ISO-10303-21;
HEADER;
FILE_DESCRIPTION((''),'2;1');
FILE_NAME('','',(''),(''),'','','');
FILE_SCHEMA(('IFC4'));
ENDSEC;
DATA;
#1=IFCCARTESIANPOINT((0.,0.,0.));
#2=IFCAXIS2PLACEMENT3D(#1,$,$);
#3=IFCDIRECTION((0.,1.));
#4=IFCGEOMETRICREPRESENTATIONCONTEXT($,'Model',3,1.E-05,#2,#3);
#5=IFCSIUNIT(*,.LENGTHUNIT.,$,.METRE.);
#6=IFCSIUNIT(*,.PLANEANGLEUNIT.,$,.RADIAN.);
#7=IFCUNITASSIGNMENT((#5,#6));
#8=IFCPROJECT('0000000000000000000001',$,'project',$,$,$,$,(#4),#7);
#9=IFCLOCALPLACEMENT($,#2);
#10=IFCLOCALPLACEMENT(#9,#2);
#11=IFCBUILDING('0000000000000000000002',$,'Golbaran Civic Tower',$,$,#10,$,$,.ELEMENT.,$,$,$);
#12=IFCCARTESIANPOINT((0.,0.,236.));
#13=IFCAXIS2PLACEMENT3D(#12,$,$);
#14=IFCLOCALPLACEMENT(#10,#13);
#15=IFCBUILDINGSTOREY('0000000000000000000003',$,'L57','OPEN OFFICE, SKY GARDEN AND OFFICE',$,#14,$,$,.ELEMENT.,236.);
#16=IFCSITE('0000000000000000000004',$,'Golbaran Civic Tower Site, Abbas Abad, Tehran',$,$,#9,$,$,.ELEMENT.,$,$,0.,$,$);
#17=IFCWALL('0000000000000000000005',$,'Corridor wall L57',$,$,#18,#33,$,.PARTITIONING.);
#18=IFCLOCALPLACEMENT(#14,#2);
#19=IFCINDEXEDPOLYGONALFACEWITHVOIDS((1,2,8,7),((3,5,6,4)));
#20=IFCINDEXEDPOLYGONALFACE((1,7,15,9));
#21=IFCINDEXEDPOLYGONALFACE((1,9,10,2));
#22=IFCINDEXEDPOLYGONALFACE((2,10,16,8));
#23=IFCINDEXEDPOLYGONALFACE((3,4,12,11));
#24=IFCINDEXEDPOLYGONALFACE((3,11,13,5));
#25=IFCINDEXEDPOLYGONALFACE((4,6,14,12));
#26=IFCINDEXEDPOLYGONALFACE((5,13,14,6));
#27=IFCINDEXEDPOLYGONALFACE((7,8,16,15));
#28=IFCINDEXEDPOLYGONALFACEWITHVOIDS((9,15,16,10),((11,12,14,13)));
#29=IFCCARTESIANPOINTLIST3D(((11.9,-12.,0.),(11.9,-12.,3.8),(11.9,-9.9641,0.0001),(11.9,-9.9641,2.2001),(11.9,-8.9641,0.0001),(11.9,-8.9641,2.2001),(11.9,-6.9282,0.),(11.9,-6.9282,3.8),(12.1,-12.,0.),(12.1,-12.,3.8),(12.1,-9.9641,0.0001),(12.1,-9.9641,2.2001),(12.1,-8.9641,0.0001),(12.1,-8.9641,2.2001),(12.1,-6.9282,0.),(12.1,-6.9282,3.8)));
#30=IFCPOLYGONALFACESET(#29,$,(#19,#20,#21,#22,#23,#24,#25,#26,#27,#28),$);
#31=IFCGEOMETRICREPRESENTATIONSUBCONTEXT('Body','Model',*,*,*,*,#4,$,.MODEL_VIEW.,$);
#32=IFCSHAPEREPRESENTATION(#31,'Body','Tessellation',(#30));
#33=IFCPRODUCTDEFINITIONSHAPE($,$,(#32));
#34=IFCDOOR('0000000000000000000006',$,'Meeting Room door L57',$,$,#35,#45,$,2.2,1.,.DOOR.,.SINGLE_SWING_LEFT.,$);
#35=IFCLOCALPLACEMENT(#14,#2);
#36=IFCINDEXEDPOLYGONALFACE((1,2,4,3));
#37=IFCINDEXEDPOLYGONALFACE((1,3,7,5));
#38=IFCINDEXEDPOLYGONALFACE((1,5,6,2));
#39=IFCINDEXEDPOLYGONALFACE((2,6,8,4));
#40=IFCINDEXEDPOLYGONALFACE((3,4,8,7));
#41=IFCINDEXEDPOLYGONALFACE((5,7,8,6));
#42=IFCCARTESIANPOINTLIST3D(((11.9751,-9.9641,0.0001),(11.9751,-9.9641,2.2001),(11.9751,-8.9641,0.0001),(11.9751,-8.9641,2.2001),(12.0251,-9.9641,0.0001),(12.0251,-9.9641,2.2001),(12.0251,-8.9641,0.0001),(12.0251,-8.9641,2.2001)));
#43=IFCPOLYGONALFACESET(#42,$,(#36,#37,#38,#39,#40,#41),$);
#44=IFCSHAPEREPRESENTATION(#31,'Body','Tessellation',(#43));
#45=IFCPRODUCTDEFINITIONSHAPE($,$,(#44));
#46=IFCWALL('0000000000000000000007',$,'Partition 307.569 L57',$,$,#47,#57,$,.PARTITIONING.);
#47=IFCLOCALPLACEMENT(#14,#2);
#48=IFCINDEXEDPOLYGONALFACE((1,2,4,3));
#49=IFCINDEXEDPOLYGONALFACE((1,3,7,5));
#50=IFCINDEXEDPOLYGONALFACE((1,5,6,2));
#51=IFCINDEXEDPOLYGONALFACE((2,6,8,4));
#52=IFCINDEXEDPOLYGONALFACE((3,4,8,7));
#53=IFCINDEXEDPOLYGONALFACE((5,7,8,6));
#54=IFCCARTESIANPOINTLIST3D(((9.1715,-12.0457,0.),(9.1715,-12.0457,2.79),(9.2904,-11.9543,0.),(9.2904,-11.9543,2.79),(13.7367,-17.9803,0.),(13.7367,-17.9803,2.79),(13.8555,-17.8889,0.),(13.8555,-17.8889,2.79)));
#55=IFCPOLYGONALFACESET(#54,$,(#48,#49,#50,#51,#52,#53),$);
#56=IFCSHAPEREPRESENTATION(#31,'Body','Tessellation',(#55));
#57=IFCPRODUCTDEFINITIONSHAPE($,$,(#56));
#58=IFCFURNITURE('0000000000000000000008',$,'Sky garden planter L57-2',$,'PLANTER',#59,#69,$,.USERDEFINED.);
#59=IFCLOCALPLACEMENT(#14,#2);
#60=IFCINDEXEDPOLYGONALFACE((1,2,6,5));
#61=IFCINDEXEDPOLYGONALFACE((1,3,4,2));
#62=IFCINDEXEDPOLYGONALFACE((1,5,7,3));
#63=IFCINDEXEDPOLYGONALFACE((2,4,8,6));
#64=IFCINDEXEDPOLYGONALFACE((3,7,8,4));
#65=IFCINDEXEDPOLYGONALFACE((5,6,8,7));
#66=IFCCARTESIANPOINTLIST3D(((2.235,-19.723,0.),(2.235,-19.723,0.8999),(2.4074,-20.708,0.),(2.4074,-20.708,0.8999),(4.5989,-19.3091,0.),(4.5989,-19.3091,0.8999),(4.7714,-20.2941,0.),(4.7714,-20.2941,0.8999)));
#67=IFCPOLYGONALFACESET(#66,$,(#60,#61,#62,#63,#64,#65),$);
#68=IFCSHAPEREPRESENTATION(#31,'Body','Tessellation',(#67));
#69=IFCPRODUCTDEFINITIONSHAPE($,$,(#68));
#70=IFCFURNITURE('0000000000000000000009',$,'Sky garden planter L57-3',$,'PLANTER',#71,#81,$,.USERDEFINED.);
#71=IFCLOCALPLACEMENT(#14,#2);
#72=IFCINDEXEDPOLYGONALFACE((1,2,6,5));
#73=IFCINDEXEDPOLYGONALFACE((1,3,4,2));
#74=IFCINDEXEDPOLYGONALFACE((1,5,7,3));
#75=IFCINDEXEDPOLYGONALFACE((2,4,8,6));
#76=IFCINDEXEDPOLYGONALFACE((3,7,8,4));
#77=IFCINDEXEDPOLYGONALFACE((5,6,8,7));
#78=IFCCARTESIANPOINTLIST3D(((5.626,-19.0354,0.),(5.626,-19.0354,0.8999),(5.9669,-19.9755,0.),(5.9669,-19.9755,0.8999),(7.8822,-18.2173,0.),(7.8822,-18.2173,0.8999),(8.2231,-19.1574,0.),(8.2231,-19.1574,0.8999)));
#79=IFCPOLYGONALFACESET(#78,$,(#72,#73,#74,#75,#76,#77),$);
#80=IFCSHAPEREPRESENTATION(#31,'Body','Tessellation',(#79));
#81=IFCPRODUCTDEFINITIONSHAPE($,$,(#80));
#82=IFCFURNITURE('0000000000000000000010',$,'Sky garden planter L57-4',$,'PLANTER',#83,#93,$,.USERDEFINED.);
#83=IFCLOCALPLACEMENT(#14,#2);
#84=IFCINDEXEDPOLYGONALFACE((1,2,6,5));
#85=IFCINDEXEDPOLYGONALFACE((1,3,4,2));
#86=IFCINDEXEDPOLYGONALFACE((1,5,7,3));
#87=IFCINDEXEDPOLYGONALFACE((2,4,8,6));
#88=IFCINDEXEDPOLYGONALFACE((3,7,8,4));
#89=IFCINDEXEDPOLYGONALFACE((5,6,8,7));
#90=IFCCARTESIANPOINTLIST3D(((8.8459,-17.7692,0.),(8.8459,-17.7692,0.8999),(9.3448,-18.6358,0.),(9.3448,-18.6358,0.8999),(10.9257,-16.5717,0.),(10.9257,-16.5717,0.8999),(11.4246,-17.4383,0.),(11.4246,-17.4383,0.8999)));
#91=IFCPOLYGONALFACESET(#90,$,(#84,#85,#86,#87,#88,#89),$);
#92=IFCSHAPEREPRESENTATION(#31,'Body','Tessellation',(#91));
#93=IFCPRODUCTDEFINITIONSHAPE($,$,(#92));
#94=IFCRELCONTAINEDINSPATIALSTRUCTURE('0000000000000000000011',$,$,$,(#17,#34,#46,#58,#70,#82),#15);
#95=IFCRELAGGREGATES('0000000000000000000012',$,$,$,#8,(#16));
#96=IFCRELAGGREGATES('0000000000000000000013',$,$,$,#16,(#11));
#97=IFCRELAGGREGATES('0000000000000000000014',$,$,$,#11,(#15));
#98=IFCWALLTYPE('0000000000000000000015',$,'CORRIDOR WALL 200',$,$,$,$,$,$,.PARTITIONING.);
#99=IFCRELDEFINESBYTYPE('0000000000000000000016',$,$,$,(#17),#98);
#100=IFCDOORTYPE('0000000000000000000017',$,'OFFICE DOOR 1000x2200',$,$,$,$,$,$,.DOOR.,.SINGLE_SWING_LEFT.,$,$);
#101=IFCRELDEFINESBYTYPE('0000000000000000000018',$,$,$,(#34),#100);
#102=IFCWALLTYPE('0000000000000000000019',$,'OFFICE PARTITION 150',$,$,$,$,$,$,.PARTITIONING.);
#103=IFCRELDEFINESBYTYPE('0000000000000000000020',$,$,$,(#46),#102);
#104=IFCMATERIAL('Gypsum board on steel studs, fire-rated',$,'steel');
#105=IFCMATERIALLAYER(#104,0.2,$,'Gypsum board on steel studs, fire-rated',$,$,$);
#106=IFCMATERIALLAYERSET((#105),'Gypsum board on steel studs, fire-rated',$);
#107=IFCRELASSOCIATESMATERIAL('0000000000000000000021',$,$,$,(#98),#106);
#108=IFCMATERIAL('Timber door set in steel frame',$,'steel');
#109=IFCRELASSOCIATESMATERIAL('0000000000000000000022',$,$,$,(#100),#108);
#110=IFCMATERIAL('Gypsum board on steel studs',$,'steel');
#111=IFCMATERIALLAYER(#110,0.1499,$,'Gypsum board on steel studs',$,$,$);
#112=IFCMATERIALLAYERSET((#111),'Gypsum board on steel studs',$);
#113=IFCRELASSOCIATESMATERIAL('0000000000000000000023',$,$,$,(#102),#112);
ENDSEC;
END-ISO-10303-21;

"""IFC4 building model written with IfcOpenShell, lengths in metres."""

from ifc_helpers import new_model, si_unit, direction, frame, frame_2d, origin, origin_2d, place, context, subcontext, project, spatial, rectangle, extrude, material, layer, layer_set, type_object, element, fill, save


model = new_model("IFC4")

# Units and contexts
model_context = context("Model", 3, precision=1e-05, world=origin(), true_north=direction((0.0, 1.0)))
body_context = subcontext(model_context, "Body", "Model", "MODEL_VIEW")
ifc_project = project(units=[si_unit("LENGTHUNIT", "METRE"), si_unit("PLANEANGLEUNIT", "RADIAN")], contexts=[model_context])

# Site, building, storey
site_placement = place(None, origin())
site = spatial("IfcSite", under=ifc_project, at=site_placement, Name="Golbaran Civic Tower Site, Abbas Abad, Tehran", CompositionType="ELEMENT", RefElevation=0.0)
building_placement = place(site_placement, origin())
building = spatial("IfcBuilding", under=site, at=building_placement, Name="Golbaran Civic Tower", CompositionType="ELEMENT")
storey_placement = place(building_placement, frame((0.0, 0.0, 236.0)))
storey = spatial("IfcBuildingStorey", under=building, at=storey_placement, Name="L57", Description="OPEN OFFICE, SKY GARDEN AND OFFICE", CompositionType="ELEMENT", Elevation=236.0)

# Shared definitions
ifc_material_1 = material(Name="Timber door set in steel frame", Category="steel")

# Shared definitions
ifc_material_2 = material(Name="Gypsum board on steel studs, fire-rated", Category="steel")
ifc_layer_1 = layer(ifc_material_2, 0.2, Name="Gypsum board on steel studs, fire-rated")
ifc_layer_set_1 = layer_set([ifc_layer_1], Name="Gypsum board on steel studs, fire-rated")
wall_type_1 = type_object("IfcWallType", Name="CORRIDOR WALL 200", PredefinedType="PARTITIONING", material=ifc_layer_set_1)

# Wall, opening, door
wall_1_placement = place(storey_placement, frame((12.0, -12.0, 0.0), z_axis=(0.0, 0.0, 1.0), x_axis=(0.0, 1.0, 0.0)))
wall_1 = element("IfcWall", 1, at=wall_1_placement, inside=storey, type_object=wall_type_1, Name="Corridor wall L57", PredefinedType="PARTITIONING", context=body_context, shape_type="SweptSolid", body=[
    extrude(rectangle(XDim=5.0718, YDim=0.2, at=frame_2d((2.5359, 0.0))), origin(), (0.0, 0.0, 1.0), 3.8),
])
opening_1_placement = place(wall_1_placement, frame((2.0359, 0.0, 0.0)))
opening_1 = element("IfcOpeningElement", 2, at=opening_1_placement, cuts=wall_1, PredefinedType="OPENING", context=body_context, shape_type="SweptSolid", body=[
    extrude(rectangle(XDim=1.0, YDim=2.2, at=frame_2d((0.5, 1.1001))), frame((0.0, 0.1099, 0.0), z_axis=(0.0, -1.0, 0.0), x_axis=(1.0, 0.0, 0.0)), (0.0, 0.0, 1.0), 0.22),
])
door_type_1 = type_object("IfcDoorType", Name="OFFICE DOOR 1000x2200", OperationType="SINGLE_SWING_LEFT", PredefinedType="DOOR", material=ifc_material_1)
door_1_placement = place(opening_1_placement, origin())
door_1 = element("IfcDoor", 3, at=door_1_placement, inside=storey, type_object=door_type_1, Name="Meeting Room door L57", OperationType="SINGLE_SWING_LEFT", OverallHeight=2.2, OverallWidth=1.0, PredefinedType="DOOR", context=body_context, shape_type="SweptSolid", body=[
    extrude(rectangle(XDim=1.0, YDim=2.2, at=frame_2d((0.5, 1.1001))), frame((0.0, 0.0249, 0.0), z_axis=(0.0, -1.0, 0.0), x_axis=(1.0, 0.0, 0.0)), (0.0, 0.0, 1.0), 0.05),
])
fill(opening_1, door_1)

# Wall
ifc_material_3 = material(Name="Gypsum board on steel studs", Category="steel")
ifc_layer_2 = layer(ifc_material_3, 0.1499, Name="Gypsum board on steel studs")
ifc_layer_set_2 = layer_set([ifc_layer_2], Name="Gypsum board on steel studs")
wall_type_2 = type_object("IfcWallType", Name="OFFICE PARTITION 150", PredefinedType="PARTITIONING", material=ifc_layer_set_2)
wall_2_placement = place(storey_placement, frame((9.231, -12.0, 0.0), z_axis=(0.0, 0.0, 1.0), x_axis=(0.609722, -0.792616, 0.0)))
element("IfcWall", 4, at=wall_2_placement, inside=storey, type_object=wall_type_2, Name="Partition 307.569 L57", PredefinedType="PARTITIONING", context=body_context, shape_type="SweptSolid", body=[
    extrude(rectangle(XDim=7.4873, YDim=0.1499, at=frame_2d((3.7437, 0.0))), origin(), (0.0, 0.0, 1.0), 2.79),
])

# Furniture
for number, where, z_axis, x_axis, name in (
    (5, (3.5032, -20.0085, 0.0), (0.0, 0.0, 1.0), (0.985016, 0.172463, 0.0), "Sky garden planter L57-2"),
    (6, (6.9246, -19.0964, 0.0), (0.0, 0.0, 1.0), (0.940103, 0.340889, 0.0), "Sky garden planter L57-3"),
    (7, (10.1353, -17.6038, 0.0), (0.0, 0.0, 1.0), (0.866626, 0.498958, 0.0), "Sky garden planter L57-4"),
):
    element("IfcFurniture", number, at=place(storey_placement, frame(where, z_axis=z_axis, x_axis=x_axis)), inside=storey, Name=name, ObjectType="PLANTER", PredefinedType="USERDEFINED", context=body_context, shape_type="SweptSolid", body=[
        extrude(rectangle(XDim=2.3999, YDim=1.0, at=origin_2d()), origin(), (0.0, 0.0, 1.0), 0.8999),
    ])

save(model, "model.ifc")
